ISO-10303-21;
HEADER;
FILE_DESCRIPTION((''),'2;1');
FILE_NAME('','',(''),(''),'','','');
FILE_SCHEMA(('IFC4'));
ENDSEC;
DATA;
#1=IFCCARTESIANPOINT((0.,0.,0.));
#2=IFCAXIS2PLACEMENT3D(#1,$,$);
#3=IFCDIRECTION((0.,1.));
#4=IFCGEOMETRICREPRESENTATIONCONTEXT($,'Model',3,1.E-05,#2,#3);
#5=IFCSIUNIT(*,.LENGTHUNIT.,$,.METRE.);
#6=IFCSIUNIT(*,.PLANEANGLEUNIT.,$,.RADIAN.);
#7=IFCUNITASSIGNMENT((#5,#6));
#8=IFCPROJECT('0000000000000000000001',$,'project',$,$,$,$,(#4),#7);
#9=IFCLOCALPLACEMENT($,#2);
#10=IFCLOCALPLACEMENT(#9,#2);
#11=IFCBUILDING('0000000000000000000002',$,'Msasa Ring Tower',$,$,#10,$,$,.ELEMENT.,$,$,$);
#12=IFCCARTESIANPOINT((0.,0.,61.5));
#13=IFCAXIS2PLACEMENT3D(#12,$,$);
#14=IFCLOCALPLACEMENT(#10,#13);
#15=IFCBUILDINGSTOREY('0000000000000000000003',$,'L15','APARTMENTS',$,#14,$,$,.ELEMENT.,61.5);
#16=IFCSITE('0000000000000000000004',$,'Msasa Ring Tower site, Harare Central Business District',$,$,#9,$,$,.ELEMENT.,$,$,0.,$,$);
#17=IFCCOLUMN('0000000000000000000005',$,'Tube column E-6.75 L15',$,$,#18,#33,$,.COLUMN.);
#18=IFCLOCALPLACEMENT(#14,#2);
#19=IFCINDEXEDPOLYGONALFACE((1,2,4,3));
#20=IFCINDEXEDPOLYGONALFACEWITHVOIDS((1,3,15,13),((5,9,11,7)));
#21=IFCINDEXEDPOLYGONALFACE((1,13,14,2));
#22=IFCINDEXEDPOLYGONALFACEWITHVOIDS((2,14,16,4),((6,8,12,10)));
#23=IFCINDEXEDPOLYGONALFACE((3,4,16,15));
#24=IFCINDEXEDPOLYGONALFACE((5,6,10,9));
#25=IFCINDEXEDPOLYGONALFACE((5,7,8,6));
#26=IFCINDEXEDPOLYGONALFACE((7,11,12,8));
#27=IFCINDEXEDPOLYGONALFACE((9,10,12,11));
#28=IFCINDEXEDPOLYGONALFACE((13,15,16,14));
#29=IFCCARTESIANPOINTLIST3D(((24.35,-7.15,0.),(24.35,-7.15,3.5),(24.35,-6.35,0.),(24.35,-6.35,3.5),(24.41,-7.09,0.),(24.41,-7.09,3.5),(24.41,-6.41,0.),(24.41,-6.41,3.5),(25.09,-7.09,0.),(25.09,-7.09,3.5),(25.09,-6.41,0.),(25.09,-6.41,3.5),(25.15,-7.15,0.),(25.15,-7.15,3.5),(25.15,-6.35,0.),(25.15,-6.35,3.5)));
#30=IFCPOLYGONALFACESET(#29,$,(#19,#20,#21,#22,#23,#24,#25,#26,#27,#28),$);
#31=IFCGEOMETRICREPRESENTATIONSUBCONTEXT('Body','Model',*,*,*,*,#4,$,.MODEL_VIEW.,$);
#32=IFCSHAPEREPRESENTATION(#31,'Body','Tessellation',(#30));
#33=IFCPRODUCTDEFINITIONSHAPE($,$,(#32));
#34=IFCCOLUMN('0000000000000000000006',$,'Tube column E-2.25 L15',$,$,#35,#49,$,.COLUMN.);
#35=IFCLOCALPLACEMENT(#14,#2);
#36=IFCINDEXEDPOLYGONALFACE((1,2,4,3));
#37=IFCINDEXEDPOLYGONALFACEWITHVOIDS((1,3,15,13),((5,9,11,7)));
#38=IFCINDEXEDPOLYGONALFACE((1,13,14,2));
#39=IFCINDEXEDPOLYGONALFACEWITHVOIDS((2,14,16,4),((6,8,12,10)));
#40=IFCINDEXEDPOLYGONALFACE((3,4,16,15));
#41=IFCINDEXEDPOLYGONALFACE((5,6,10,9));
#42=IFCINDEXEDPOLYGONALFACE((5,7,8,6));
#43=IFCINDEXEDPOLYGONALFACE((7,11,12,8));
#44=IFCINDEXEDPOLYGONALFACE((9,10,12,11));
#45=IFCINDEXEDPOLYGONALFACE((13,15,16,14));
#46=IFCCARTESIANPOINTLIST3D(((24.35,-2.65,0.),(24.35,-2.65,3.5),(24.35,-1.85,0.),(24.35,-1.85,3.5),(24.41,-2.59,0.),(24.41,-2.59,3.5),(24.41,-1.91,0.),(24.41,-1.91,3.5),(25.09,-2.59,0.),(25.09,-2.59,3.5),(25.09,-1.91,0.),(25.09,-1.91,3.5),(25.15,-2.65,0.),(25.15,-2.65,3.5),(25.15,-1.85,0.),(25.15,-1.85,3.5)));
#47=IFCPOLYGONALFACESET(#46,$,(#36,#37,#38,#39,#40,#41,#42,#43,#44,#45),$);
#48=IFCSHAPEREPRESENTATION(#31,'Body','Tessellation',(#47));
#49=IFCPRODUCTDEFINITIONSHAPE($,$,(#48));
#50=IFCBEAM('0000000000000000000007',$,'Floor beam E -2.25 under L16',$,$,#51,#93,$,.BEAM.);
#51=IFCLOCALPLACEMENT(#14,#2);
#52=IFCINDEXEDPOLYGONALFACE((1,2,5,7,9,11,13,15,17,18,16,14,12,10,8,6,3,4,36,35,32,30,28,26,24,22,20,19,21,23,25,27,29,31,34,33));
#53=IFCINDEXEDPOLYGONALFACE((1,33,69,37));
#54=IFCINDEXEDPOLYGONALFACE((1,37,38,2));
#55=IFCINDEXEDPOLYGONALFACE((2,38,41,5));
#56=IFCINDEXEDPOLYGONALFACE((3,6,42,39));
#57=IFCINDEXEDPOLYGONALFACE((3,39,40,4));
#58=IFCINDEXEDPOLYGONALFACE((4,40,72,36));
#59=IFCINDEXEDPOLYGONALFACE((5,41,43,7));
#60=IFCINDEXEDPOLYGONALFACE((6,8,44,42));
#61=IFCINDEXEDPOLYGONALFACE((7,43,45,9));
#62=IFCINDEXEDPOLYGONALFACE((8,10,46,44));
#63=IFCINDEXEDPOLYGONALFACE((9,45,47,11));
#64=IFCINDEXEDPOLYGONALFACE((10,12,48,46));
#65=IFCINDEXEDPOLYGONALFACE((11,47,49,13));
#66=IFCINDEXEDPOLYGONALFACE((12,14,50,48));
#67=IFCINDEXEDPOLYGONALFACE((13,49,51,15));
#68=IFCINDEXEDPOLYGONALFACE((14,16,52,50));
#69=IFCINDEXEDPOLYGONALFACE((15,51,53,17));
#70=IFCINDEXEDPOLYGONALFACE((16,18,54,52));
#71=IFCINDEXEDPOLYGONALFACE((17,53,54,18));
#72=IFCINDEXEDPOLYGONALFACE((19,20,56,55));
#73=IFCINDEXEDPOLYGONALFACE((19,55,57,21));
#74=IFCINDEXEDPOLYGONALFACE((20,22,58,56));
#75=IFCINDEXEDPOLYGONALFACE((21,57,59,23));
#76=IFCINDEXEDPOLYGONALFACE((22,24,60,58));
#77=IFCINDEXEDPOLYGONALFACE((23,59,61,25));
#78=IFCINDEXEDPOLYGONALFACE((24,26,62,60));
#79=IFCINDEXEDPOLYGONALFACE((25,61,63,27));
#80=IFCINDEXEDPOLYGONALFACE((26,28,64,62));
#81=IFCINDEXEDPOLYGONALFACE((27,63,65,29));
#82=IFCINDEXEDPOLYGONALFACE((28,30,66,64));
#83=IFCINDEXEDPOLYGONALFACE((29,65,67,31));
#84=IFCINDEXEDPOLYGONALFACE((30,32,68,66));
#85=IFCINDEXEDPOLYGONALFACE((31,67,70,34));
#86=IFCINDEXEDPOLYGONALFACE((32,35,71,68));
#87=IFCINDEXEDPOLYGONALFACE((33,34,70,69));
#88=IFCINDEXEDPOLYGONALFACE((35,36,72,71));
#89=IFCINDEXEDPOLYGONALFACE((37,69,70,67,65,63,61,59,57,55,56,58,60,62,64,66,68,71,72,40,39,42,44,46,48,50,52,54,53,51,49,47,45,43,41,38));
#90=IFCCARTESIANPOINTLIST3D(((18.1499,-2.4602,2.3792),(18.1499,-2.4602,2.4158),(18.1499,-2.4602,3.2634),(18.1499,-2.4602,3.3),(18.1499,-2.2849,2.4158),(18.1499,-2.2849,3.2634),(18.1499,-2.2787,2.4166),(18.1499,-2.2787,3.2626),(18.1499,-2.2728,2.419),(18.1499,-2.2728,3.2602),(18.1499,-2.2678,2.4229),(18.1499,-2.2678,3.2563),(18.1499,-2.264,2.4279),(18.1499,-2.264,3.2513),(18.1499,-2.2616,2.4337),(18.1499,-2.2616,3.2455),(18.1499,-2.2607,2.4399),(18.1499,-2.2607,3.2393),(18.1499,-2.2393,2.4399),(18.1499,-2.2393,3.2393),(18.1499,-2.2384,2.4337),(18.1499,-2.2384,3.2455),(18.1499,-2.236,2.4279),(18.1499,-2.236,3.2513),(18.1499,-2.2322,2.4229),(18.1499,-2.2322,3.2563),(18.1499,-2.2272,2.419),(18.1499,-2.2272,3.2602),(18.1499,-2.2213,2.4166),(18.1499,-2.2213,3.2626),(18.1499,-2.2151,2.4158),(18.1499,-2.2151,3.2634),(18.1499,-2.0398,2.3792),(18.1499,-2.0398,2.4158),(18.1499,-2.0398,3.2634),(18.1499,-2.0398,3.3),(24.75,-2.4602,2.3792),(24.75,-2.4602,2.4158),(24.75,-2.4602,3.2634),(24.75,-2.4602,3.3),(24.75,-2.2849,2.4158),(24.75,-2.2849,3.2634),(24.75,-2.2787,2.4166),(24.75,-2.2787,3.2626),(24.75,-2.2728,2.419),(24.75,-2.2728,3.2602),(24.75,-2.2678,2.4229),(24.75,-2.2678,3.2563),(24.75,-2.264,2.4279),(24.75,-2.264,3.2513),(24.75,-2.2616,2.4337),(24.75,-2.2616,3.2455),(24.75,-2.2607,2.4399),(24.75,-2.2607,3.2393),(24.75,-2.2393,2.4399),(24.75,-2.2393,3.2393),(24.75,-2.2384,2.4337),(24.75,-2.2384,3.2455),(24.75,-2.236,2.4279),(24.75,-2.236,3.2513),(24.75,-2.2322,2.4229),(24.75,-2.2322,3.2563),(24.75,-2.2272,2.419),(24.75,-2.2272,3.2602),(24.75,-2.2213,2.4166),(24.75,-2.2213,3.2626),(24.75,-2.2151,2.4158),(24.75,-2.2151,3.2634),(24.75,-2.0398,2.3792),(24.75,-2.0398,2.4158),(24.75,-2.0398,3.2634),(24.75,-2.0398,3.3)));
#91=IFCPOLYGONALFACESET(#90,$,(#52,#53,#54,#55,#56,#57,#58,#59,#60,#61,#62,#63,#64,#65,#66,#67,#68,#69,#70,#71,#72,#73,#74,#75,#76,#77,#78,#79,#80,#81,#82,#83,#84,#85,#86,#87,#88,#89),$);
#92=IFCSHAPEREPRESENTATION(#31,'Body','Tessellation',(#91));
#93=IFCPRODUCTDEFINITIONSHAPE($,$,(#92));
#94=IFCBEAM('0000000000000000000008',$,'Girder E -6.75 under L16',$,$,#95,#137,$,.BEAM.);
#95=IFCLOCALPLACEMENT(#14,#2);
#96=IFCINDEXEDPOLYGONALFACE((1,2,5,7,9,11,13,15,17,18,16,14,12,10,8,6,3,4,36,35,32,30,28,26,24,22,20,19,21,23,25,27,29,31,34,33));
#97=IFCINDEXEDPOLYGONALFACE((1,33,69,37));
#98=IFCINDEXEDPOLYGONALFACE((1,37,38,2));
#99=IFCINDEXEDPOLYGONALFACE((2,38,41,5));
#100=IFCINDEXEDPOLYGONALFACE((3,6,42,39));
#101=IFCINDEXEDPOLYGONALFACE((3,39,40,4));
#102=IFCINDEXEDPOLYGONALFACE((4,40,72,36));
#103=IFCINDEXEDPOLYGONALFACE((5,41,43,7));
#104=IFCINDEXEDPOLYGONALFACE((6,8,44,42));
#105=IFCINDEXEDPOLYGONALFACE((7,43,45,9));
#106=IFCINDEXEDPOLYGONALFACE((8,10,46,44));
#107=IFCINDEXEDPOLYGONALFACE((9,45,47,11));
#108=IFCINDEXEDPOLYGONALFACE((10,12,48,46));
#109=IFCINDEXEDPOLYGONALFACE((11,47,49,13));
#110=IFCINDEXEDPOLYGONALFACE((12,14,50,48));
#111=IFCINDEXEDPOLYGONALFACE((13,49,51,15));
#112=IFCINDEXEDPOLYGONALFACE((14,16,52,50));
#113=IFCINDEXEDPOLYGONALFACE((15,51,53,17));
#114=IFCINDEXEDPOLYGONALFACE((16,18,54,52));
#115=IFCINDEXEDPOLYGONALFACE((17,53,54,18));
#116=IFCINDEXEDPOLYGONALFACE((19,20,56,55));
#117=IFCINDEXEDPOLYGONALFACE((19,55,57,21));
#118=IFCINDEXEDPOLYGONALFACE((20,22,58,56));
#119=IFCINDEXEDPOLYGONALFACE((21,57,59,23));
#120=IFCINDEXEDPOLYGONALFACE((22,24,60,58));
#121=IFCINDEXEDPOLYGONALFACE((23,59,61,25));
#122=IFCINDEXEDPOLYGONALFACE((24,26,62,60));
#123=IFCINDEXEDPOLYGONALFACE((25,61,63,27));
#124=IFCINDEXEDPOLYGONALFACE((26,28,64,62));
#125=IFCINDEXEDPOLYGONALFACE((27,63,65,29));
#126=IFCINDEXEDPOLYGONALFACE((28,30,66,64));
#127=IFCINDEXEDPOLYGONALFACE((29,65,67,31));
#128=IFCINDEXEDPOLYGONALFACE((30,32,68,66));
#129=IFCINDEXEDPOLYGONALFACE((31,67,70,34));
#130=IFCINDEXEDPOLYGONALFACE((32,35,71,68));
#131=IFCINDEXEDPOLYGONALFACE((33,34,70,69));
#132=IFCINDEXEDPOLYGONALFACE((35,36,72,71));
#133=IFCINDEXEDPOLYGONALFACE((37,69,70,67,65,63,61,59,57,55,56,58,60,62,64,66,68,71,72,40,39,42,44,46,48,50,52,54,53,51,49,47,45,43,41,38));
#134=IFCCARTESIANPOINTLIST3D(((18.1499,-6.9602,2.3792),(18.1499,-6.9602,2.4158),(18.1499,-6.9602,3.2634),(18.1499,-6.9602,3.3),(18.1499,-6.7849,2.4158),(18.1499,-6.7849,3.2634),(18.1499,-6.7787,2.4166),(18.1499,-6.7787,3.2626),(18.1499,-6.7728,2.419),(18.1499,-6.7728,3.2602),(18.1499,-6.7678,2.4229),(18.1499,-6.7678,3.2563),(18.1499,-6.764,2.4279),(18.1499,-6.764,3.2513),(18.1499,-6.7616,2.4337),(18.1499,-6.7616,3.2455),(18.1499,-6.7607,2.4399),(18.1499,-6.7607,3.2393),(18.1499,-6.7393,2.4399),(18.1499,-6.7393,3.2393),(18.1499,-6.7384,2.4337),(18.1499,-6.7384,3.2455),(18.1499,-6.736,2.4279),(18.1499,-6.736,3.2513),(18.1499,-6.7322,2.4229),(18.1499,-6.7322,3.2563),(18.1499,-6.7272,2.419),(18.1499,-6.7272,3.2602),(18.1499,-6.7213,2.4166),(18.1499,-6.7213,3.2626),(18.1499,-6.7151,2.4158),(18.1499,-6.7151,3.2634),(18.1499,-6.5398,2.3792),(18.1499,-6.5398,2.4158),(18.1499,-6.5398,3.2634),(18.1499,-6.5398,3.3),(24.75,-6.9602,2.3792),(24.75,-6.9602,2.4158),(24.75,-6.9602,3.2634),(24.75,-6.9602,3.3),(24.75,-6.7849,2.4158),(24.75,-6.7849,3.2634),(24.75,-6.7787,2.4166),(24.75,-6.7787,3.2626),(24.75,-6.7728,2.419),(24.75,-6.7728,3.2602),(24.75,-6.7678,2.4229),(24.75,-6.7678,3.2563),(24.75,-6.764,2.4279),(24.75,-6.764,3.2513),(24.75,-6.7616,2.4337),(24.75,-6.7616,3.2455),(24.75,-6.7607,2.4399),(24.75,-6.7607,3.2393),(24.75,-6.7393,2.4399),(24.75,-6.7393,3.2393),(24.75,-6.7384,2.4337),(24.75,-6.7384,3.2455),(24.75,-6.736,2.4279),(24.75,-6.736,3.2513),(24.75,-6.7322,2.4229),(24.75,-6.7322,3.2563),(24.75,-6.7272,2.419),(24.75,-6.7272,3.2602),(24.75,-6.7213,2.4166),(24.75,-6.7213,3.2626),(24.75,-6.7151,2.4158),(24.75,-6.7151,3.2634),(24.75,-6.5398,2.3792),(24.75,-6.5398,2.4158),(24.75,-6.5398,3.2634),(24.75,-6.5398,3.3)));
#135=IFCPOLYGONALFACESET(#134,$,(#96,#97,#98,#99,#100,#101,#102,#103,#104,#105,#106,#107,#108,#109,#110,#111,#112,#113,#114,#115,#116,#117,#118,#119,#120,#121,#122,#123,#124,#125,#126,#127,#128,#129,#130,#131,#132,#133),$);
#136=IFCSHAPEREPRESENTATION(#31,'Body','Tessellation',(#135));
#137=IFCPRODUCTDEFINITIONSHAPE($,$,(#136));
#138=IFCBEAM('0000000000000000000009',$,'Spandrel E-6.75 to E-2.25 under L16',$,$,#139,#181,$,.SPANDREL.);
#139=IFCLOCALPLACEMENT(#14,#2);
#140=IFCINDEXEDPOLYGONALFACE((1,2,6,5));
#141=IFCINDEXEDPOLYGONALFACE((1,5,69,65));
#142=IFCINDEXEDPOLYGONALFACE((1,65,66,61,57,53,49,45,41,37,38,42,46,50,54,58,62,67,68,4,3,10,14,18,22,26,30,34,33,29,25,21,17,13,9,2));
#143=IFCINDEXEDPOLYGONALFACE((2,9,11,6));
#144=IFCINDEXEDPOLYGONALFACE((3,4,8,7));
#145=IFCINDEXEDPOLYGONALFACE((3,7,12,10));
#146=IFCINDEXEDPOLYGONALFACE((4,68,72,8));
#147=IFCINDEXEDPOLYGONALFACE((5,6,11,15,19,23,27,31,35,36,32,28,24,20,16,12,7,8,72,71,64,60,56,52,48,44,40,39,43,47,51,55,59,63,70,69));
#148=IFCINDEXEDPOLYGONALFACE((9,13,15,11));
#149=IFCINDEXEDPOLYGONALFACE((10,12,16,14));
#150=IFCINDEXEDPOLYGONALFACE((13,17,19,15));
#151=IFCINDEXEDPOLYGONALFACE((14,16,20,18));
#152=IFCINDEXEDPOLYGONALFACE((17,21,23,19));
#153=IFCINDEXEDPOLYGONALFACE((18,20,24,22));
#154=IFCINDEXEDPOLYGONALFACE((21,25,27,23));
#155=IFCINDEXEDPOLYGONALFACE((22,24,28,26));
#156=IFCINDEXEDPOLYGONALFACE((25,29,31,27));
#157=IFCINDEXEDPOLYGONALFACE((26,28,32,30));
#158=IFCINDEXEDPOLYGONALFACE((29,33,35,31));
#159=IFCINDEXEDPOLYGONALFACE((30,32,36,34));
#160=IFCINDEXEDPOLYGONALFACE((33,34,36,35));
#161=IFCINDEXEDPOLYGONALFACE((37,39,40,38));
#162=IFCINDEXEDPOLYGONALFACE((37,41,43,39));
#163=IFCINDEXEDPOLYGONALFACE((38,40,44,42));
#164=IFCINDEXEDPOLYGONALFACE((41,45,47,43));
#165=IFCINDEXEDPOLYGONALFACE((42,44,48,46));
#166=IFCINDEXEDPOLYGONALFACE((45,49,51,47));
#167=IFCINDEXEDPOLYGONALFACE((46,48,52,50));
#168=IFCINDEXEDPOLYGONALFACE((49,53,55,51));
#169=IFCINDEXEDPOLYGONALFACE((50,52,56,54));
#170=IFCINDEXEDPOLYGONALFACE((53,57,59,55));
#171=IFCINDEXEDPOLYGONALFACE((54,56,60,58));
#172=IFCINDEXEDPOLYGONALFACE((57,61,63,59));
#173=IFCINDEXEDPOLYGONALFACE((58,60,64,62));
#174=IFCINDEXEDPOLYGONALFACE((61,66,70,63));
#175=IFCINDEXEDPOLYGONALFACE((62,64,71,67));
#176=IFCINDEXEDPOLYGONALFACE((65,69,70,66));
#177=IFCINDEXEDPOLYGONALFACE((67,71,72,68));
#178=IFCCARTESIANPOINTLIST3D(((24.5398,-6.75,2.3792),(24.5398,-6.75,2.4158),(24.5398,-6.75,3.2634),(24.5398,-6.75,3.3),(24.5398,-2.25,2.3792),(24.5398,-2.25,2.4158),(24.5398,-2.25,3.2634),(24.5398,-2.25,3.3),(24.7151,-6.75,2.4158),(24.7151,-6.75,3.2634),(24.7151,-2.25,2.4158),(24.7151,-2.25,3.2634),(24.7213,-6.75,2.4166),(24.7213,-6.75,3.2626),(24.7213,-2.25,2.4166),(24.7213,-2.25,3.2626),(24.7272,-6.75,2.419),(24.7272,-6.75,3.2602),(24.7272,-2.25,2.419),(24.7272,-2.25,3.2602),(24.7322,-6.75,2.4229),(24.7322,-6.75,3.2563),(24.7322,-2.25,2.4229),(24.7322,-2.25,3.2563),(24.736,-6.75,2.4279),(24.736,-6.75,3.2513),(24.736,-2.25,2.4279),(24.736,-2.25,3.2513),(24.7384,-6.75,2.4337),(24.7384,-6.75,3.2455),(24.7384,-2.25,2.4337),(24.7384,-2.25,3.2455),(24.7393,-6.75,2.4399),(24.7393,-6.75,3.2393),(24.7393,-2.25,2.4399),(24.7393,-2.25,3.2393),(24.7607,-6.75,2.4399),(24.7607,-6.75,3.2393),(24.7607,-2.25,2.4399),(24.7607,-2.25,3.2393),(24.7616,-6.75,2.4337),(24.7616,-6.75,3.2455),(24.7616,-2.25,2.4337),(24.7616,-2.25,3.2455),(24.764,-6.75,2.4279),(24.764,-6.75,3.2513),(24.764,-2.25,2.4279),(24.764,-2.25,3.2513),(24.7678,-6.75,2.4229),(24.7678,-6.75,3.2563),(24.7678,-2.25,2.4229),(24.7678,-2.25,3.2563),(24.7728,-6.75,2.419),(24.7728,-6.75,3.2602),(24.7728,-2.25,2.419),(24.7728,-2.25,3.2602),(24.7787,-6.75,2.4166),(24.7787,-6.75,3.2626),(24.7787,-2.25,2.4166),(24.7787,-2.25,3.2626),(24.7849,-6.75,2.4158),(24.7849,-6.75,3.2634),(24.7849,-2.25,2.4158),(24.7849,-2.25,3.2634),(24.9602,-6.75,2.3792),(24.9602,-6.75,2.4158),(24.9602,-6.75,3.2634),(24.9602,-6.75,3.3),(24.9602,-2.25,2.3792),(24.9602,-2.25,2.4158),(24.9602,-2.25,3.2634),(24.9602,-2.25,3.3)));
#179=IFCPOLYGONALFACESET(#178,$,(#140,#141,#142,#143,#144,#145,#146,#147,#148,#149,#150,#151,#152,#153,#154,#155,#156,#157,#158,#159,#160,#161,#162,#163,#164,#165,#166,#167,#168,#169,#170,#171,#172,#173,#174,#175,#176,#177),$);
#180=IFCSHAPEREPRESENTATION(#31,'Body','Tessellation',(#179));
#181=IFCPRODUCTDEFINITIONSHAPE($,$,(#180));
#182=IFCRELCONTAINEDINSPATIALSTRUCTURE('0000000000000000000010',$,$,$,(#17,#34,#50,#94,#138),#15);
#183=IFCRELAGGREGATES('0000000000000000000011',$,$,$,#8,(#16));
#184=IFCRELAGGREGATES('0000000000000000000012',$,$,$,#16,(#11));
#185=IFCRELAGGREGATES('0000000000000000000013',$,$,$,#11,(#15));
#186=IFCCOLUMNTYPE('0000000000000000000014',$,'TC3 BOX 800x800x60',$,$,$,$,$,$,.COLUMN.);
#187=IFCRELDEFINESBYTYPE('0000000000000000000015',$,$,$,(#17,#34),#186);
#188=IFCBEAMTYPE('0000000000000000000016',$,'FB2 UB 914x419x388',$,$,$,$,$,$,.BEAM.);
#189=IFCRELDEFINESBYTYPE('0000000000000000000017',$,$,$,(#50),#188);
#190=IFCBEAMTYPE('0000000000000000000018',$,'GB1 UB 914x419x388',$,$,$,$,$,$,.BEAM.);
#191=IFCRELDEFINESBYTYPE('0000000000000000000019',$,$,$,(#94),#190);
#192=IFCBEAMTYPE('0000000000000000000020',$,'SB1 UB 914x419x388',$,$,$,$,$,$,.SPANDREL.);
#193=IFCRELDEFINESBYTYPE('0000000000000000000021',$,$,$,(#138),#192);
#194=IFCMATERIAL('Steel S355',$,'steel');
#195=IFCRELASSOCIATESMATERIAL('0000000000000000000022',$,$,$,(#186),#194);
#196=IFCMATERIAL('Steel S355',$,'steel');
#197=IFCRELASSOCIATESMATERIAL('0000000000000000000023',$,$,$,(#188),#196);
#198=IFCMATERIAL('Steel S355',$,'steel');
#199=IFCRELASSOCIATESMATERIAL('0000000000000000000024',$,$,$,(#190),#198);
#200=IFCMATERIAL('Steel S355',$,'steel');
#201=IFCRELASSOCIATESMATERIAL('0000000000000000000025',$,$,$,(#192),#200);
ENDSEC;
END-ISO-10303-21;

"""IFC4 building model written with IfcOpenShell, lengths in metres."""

from ifc_helpers import new_model, si_unit, direction, frame, origin, origin_2d, place, context, subcontext, project, spatial, hollow_rectangle, i_section, extrude, material, material_profile, profile_set, type_object, element, save


model = new_model("IFC4")

# Units and contexts
model_context = context("Model", 3, precision=1e-05, world=origin(), true_north=direction((0.0, 1.0)))
body_context = subcontext(model_context, "Body", "Model", "MODEL_VIEW")
ifc_project = project(units=[si_unit("LENGTHUNIT", "METRE"), si_unit("PLANEANGLEUNIT", "RADIAN")], contexts=[model_context])

# Site, building, storey
site_placement = place(None, origin())
site = spatial("IfcSite", under=ifc_project, at=site_placement, Name="Msasa Ring Tower site, Harare Central Business District", CompositionType="ELEMENT", RefElevation=0.0)
building_placement = place(site_placement, origin())
building = spatial("IfcBuilding", under=site, at=building_placement, Name="Msasa Ring Tower", CompositionType="ELEMENT")
storey_placement = place(building_placement, frame((0.0, 0.0, 61.5)))
storey = spatial("IfcBuildingStorey", under=building, at=storey_placement, Name="L15", Description="APARTMENTS", CompositionType="ELEMENT", Elevation=61.5)

# Columns
ifc_material_1 = material(Name="Steel S355", Category="steel")
ifc_material_profile_1 = material_profile(ifc_material_1, hollow_rectangle(XDim=0.8, YDim=0.8, WallThickness=0.0601, at=origin_2d()), Name="BOX 800x800x60")
ifc_profile_set_1 = profile_set([ifc_material_profile_1], Name="Steel S355")
column_type = type_object("IfcColumnType", Name="TC3 BOX 800x800x60", PredefinedType="COLUMN", material=ifc_profile_set_1)
for number, where, z_axis, x_axis, name in (
    (1, (24.75, -6.75, 0.0), (0.0, 0.0, 1.0), (1.0, 0.0, 0.0), "Tube column E-6.75 L15"),
    (2, (24.75, -2.25, 0.0), (0.0, 0.0, 1.0), (1.0, 0.0, 0.0), "Tube column E-2.25 L15"),
):
    element("IfcColumn", number, at=place(storey_placement, frame(where, z_axis=z_axis, x_axis=x_axis)), inside=storey, type_object=column_type, Name=name, PredefinedType="COLUMN", context=body_context, shape_type="SweptSolid", body=[
        extrude(hollow_rectangle(XDim=0.8, YDim=0.8, WallThickness=0.0601, at=origin_2d()), origin(), (0.0, 0.0, 1.0), 3.5),
    ])

# Beams
ifc_material_2 = material(Name="Steel S355", Category="steel")
ifc_material_profile_2 = material_profile(ifc_material_2, i_section(OverallWidth=0.4204, OverallDepth=0.9209, WebThickness=0.0215, FlangeThickness=0.0366, FilletRadius=0.0242, at=origin_2d()), Name="UB 914x419x388")
ifc_profile_set_2 = profile_set([ifc_material_profile_2], Name="Steel S355")
beam_type_1 = type_object("IfcBeamType", Name="FB2 UB 914x419x388", PredefinedType="BEAM", material=ifc_profile_set_2)
beam_1_placement = place(storey_placement, frame((24.75, -2.25, 2.8396), z_axis=(-1.0, 0.0, 0.0), x_axis=(0.0, -1.0, 0.0)))
element("IfcBeam", 3, at=beam_1_placement, inside=storey, type_object=beam_type_1, Name="Floor beam E -2.25 under L16", PredefinedType="BEAM", context=body_context, shape_type="SweptSolid", body=[
    extrude(i_section(OverallWidth=0.4204, OverallDepth=0.9209, WebThickness=0.0215, FlangeThickness=0.0366, FilletRadius=0.0242, at=origin_2d()), origin(), (0.0, 0.0, 1.0), 6.6001),
])
ifc_material_3 = material(Name="Steel S355", Category="steel")
ifc_material_profile_3 = material_profile(ifc_material_3, i_section(OverallWidth=0.4204, OverallDepth=0.9209, WebThickness=0.0215, FlangeThickness=0.0366, FilletRadius=0.0242, at=origin_2d()), Name="UB 914x419x388")
ifc_profile_set_3 = profile_set([ifc_material_profile_3], Name="Steel S355")
beam_type_2 = type_object("IfcBeamType", Name="GB1 UB 914x419x388", PredefinedType="BEAM", material=ifc_profile_set_3)
beam_2_placement = place(storey_placement, frame((18.1499, -6.75, 2.8396), z_axis=(1.0, 0.0, 0.0), x_axis=(0.0, 1.0, 0.0)))
element("IfcBeam", 4, at=beam_2_placement, inside=storey, type_object=beam_type_2, Name="Girder E -6.75 under L16", PredefinedType="BEAM", context=body_context, shape_type="SweptSolid", body=[
    extrude(i_section(OverallWidth=0.4204, OverallDepth=0.9209, WebThickness=0.0215, FlangeThickness=0.0366, FilletRadius=0.0242, at=origin_2d()), origin(), (0.0, 0.0, 1.0), 6.6001),
])
ifc_material_4 = material(Name="Steel S355", Category="steel")
ifc_material_profile_4 = material_profile(ifc_material_4, i_section(OverallWidth=0.4204, OverallDepth=0.9209, WebThickness=0.0215, FlangeThickness=0.0366, FilletRadius=0.0242, at=origin_2d()), Name="UB 914x419x388")
ifc_profile_set_4 = profile_set([ifc_material_profile_4], Name="Steel S355")
beam_type_3 = type_object("IfcBeamType", Name="SB1 UB 914x419x388", PredefinedType="SPANDREL", material=ifc_profile_set_4)
for number, where, z_axis, x_axis, name in (
    (5, (24.75, -6.75, 2.8396), (0.0, 1.0, 0.0), (-1.0, 0.0, 0.0), "Spandrel E-6.75 to E-2.25 under L16"),
):
    element("IfcBeam", number, at=place(storey_placement, frame(where, z_axis=z_axis, x_axis=x_axis)), inside=storey, type_object=beam_type_3, Name=name, PredefinedType="SPANDREL", context=body_context, shape_type="SweptSolid", body=[
        extrude(i_section(OverallWidth=0.4204, OverallDepth=0.9209, WebThickness=0.0215, FlangeThickness=0.0366, FilletRadius=0.0242, at=origin_2d()), origin(), (0.0, 0.0, 1.0), 4.5),
    ])

save(model, "model.ifc")
